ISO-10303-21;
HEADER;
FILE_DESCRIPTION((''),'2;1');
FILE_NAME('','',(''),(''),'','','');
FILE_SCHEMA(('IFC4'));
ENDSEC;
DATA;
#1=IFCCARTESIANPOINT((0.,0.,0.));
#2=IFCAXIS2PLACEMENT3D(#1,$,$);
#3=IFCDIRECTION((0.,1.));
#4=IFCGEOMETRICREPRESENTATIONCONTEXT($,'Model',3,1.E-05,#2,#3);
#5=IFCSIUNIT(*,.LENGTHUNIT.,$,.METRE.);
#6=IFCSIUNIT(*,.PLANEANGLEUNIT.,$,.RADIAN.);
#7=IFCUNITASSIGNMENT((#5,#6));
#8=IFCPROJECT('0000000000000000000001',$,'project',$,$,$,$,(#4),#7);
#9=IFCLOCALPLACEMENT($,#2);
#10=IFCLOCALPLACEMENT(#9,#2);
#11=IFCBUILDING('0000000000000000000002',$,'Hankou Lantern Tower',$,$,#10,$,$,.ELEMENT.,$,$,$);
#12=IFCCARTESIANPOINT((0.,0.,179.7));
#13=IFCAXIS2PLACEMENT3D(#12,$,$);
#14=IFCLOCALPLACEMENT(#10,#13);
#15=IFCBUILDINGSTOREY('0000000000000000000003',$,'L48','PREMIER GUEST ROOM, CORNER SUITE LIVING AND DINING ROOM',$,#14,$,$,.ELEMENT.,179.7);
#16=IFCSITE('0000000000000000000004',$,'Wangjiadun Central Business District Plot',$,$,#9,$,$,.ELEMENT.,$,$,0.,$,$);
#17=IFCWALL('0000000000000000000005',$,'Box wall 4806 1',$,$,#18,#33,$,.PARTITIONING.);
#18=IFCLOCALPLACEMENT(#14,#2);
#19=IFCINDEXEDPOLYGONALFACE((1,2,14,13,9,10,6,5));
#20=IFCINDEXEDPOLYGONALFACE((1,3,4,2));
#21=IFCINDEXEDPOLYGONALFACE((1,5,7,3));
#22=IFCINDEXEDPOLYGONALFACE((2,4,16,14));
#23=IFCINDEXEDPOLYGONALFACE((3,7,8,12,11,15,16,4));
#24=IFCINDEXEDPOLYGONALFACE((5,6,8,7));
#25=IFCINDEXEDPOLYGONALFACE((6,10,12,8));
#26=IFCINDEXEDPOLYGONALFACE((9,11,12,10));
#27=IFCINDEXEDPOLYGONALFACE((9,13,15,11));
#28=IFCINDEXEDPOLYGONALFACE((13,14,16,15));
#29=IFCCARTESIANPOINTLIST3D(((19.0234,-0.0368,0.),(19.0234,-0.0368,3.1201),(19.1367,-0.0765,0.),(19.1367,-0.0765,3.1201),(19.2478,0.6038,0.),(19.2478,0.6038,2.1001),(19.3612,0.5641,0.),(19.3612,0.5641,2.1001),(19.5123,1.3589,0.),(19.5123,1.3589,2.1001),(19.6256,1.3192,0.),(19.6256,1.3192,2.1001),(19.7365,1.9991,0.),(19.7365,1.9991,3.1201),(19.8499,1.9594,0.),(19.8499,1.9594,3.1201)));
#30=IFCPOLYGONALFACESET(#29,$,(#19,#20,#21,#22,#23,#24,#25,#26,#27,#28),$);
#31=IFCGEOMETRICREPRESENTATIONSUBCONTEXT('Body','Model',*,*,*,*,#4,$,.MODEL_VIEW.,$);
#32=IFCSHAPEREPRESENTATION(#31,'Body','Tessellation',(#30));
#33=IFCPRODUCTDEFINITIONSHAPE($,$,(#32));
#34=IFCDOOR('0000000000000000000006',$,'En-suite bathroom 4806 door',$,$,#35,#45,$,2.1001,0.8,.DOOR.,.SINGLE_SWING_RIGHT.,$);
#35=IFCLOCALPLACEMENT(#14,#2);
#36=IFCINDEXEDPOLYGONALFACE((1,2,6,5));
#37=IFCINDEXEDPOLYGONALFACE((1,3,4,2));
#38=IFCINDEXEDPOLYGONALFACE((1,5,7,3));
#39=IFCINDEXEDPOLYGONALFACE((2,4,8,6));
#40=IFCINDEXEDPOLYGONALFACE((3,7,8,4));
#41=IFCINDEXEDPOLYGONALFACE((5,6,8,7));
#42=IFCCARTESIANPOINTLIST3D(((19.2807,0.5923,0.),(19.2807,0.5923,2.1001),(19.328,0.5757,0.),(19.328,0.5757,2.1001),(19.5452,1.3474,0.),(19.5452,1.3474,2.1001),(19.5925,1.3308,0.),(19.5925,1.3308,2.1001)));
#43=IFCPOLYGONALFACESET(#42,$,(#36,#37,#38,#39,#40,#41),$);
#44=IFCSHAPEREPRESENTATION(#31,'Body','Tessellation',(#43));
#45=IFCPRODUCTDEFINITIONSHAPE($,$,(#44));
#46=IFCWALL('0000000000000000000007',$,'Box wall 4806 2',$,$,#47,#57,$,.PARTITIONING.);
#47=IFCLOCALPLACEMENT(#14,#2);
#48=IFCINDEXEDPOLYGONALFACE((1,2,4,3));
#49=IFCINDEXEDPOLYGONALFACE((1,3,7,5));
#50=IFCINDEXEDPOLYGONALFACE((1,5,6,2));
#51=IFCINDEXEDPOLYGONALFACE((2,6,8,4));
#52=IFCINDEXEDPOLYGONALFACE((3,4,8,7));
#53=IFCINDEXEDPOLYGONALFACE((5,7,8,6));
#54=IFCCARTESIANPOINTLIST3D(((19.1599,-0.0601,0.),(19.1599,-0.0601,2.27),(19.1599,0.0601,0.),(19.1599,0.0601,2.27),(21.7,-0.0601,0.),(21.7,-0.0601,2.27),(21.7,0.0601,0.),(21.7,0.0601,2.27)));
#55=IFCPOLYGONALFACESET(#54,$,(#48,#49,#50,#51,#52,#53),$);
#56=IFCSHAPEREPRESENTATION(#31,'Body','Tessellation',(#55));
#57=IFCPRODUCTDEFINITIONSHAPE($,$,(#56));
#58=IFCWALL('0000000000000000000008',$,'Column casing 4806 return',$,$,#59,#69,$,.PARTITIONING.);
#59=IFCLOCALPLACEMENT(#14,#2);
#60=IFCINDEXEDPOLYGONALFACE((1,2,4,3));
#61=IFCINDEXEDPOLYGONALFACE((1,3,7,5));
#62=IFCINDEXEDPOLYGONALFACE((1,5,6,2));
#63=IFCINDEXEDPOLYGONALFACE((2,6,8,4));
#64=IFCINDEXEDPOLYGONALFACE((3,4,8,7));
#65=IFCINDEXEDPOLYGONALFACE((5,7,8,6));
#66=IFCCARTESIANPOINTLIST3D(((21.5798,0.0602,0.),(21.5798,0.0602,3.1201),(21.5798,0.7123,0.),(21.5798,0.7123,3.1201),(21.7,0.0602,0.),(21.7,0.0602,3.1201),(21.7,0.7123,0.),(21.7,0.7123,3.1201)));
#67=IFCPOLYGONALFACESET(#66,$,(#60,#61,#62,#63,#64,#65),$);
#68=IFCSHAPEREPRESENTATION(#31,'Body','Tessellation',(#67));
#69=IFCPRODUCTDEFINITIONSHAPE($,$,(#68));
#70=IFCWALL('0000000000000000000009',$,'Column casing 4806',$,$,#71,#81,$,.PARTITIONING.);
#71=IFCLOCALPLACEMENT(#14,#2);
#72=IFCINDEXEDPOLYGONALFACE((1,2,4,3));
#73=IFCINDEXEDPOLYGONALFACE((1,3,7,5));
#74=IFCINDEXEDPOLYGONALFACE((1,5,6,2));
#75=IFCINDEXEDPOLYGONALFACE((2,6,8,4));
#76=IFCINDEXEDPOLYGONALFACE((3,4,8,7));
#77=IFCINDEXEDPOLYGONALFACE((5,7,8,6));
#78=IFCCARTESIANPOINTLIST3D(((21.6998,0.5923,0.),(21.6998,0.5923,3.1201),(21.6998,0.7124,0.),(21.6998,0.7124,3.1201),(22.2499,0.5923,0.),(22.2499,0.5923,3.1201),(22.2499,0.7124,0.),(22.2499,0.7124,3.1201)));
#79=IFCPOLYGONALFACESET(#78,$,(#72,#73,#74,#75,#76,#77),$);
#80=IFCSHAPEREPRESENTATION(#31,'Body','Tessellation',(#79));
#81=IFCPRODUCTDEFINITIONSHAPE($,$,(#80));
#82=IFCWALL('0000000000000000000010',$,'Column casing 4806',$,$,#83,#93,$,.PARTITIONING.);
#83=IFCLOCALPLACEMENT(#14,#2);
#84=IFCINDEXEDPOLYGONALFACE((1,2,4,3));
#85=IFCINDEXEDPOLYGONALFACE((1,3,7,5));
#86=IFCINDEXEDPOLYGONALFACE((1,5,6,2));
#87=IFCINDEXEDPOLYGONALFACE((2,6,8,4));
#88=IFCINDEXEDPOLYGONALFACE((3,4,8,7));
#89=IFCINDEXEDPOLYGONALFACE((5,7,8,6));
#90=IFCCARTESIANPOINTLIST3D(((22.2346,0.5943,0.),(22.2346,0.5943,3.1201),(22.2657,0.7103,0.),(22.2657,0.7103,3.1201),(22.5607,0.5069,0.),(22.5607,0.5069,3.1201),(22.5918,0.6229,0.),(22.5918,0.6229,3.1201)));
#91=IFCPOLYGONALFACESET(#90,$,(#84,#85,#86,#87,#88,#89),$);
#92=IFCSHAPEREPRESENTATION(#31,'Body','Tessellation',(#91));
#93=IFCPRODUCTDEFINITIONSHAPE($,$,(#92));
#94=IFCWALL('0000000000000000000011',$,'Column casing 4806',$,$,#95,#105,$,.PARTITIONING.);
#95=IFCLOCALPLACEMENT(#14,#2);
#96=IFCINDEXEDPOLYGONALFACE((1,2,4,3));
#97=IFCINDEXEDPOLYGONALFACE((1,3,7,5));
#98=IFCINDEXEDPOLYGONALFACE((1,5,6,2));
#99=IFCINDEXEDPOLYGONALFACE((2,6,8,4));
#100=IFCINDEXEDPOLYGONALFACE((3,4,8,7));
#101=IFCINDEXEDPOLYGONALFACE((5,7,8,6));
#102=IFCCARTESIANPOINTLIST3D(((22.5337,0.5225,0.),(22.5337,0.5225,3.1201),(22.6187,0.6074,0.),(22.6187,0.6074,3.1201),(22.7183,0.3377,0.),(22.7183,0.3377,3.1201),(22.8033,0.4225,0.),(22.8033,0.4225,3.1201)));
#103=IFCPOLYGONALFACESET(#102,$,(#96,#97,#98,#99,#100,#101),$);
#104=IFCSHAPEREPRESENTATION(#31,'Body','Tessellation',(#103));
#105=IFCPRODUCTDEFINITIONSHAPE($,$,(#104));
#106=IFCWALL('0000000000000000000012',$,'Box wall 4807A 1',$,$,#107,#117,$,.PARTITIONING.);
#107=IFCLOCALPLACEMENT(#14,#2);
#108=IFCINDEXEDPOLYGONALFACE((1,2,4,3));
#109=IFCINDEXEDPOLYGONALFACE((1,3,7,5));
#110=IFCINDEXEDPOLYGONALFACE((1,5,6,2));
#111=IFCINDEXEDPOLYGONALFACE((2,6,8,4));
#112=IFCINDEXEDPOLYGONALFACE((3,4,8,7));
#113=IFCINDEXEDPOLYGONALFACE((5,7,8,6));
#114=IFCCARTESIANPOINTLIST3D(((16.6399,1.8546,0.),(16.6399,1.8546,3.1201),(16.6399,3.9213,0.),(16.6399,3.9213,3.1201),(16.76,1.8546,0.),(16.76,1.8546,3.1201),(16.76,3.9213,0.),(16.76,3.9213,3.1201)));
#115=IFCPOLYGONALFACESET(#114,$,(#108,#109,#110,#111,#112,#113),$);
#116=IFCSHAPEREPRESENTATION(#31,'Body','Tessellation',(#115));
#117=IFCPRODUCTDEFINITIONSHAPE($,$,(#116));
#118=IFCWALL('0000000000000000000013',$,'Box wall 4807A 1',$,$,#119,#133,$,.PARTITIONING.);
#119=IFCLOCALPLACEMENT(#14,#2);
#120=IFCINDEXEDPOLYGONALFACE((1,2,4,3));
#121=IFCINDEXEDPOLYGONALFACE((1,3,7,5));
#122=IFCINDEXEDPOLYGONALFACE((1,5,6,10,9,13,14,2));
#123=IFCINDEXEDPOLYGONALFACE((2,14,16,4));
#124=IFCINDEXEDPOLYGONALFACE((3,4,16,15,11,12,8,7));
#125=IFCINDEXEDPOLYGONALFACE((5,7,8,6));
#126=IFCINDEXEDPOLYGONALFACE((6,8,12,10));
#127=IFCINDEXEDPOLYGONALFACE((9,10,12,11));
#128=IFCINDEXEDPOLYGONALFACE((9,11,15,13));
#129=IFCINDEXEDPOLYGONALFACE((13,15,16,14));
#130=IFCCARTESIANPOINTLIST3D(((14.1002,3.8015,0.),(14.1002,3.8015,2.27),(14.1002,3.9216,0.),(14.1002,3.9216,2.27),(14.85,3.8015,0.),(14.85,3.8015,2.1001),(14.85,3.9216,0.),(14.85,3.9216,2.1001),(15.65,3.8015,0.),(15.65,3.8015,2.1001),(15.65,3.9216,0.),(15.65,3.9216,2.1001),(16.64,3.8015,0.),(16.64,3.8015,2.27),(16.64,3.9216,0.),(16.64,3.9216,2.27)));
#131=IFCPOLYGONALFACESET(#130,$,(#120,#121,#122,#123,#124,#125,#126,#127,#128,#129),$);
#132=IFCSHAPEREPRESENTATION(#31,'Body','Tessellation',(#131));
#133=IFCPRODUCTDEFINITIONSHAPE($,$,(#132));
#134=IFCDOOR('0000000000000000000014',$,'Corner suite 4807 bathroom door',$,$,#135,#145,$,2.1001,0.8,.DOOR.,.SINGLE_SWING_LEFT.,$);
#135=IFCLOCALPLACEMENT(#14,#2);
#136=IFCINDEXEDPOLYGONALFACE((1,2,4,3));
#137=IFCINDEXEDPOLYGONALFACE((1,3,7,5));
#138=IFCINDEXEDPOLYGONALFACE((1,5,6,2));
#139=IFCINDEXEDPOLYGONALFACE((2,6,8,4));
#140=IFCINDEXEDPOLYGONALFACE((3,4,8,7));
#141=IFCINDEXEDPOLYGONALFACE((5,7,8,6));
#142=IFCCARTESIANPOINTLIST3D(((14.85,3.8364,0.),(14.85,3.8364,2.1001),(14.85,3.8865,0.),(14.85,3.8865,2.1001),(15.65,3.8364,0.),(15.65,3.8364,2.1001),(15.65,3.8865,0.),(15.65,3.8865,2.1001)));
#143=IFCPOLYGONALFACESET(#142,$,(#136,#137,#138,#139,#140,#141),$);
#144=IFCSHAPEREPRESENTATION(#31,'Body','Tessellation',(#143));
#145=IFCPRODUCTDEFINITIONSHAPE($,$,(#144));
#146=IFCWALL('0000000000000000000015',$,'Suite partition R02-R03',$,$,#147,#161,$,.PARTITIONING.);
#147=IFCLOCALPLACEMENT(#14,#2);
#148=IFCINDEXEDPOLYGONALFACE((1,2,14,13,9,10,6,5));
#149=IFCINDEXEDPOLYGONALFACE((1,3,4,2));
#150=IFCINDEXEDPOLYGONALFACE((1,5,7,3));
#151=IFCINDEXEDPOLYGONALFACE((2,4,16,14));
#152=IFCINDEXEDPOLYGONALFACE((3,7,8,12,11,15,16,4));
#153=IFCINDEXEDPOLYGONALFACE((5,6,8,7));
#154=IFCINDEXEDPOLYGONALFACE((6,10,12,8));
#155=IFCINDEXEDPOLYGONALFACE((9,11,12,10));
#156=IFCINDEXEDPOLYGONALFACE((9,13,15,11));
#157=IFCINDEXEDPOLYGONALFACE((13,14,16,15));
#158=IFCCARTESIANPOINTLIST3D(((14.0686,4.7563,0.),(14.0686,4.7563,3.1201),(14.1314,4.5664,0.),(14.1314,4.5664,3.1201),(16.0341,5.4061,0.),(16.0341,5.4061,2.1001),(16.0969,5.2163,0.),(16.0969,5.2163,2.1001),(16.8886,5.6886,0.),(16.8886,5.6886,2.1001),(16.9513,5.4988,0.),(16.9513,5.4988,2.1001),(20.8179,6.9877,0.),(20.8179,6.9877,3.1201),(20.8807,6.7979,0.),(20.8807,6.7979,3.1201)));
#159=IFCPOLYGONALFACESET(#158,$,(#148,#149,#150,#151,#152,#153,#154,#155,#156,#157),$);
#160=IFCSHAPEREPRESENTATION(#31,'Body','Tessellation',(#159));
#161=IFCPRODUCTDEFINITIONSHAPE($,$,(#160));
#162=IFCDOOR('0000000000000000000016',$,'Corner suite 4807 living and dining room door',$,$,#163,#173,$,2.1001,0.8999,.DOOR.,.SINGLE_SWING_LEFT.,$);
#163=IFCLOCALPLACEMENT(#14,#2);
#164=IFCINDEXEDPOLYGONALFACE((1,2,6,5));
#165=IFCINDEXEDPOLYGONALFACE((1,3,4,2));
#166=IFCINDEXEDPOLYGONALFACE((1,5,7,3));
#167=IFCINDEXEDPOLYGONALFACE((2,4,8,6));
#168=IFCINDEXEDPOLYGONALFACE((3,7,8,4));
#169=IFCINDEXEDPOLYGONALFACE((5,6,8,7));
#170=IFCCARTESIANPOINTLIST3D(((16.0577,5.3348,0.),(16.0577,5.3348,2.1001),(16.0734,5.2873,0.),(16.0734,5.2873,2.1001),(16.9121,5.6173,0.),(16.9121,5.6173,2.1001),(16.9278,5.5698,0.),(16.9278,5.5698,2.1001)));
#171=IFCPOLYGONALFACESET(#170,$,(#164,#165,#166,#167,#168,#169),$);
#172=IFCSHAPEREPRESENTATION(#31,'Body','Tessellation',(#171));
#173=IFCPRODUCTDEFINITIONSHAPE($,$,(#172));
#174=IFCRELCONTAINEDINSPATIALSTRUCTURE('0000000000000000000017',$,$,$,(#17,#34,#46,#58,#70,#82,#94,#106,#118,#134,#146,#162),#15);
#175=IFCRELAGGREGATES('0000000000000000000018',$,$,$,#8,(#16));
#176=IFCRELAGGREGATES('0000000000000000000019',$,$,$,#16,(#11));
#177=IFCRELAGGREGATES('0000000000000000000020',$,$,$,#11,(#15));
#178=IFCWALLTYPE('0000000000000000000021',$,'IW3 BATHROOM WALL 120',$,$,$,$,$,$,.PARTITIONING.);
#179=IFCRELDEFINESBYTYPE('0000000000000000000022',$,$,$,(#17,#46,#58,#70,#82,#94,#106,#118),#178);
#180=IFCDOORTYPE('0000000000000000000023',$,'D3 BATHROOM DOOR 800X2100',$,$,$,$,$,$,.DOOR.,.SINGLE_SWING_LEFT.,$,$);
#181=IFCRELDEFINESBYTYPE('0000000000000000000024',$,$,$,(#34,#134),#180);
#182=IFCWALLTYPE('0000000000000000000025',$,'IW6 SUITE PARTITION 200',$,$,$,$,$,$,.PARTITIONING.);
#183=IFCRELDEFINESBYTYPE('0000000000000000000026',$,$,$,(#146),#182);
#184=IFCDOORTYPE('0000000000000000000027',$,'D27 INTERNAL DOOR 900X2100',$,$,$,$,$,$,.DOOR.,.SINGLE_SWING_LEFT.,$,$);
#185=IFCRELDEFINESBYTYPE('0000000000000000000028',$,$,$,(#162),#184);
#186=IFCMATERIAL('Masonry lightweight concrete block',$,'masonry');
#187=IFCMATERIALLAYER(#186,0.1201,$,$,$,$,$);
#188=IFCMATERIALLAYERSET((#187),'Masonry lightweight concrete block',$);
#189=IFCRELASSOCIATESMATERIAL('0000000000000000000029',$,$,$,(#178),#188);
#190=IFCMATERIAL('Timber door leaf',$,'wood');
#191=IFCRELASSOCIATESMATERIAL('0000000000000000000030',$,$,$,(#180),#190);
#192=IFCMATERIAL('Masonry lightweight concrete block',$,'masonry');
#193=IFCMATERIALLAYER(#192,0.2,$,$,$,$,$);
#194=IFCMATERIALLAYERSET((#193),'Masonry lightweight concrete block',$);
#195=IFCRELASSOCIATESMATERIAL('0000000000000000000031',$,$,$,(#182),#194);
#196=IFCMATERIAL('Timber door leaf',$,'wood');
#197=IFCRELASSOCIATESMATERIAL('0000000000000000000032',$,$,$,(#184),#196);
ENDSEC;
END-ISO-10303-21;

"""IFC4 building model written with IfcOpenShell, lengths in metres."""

from ifc_helpers import new_model, si_unit, direction, frame, frame_2d, origin, place, context, subcontext, project, spatial, rectangle, extrude, material, layer, layer_set, type_object, element, fill, save


model = new_model("IFC4")

# Units and contexts
model_context = context("Model", 3, precision=1e-05, world=origin(), true_north=direction((0.0, 1.0)))
body_context = subcontext(model_context, "Body", "Model", "MODEL_VIEW")
ifc_project = project(units=[si_unit("LENGTHUNIT", "METRE"), si_unit("PLANEANGLEUNIT", "RADIAN")], contexts=[model_context])

# Site, building, storey
site_placement = place(None, origin())
site = spatial("IfcSite", under=ifc_project, at=site_placement, Name="Wangjiadun Central Business District Plot", CompositionType="ELEMENT", RefElevation=0.0)
building_placement = place(site_placement, origin())
building = spatial("IfcBuilding", under=site, at=building_placement, Name="Hankou Lantern Tower", CompositionType="ELEMENT")
storey_placement = place(building_placement, frame((0.0, 0.0, 179.7)))
storey = spatial("IfcBuildingStorey", under=building, at=storey_placement, Name="L48", Description="PREMIER GUEST ROOM, CORNER SUITE LIVING AND DINING ROOM", CompositionType="ELEMENT", Elevation=179.7)

# Wall, opening, door
ifc_material_1 = material(Name="Masonry lightweight concrete block", Category="masonry")
ifc_layer_1 = layer(ifc_material_1, 0.1201)
ifc_layer_set_1 = layer_set([ifc_layer_1], Name="Masonry lightweight concrete block")
wall_type_1 = type_object("IfcWallType", Name="IW3 BATHROOM WALL 120", PredefinedType="PARTITIONING", material=ifc_layer_set_1)
wall_1_placement = place(storey_placement, frame((19.7932, 1.9792, 0.0), z_axis=(0.0, 0.0, 1.0), x_axis=(-0.330587, -0.943775, 0.0)))
wall_1 = element("IfcWall", 1, at=wall_1_placement, inside=storey, type_object=wall_type_1, Name="Box wall 4806 1", PredefinedType="PARTITIONING", context=body_context, shape_type="SweptSolid", body=[
    extrude(rectangle(XDim=2.1572, YDim=0.1201, at=frame_2d((1.0786, 0.0))), origin(), (0.0, 0.0, 1.0), 3.1201),
])
opening_1_placement = place(wall_1_placement, frame((0.6785, 0.0, 0.0)))
opening_1 = element("IfcOpeningElement", 2, at=opening_1_placement, cuts=wall_1, PredefinedType="OPENING", context=body_context, shape_type="SweptSolid", body=[
    extrude(rectangle(XDim=0.8, YDim=2.1001, at=frame_2d((0.3999, 1.05))), frame((0.0, 0.0701, 0.0), z_axis=(0.0, -1.0, 0.0), x_axis=(1.0, 0.0, 0.0)), (0.0, 0.0, 1.0), 0.1401),
])
ifc_material_2 = material(Name="Timber door leaf", Category="wood")
door_type_1 = type_object("IfcDoorType", Name="D3 BATHROOM DOOR 800X2100", OperationType="SINGLE_SWING_LEFT", PredefinedType="DOOR", material=ifc_material_2)
door_1_placement = place(opening_1_placement, origin())
door_1 = element("IfcDoor", 3, at=door_1_placement, inside=storey, type_object=door_type_1, Name="En-suite bathroom 4806 door", OperationType="SINGLE_SWING_RIGHT", OverallHeight=2.1001, OverallWidth=0.8, PredefinedType="DOOR", context=body_context, shape_type="SweptSolid", body=[
    extrude(rectangle(XDim=0.8, YDim=2.1001, at=frame_2d((0.3999, 1.05))), frame((0.0, 0.0249, 0.0), z_axis=(0.0, -1.0, 0.0), x_axis=(1.0, 0.0, 0.0)), (0.0, 0.0, 1.0), 0.05),
])
fill(opening_1, door_1)

# Walls
wall_2_placement = place(storey_placement, frame((19.1599, 0.0, 0.0), z_axis=(0.0, 0.0, 1.0), x_axis=(1.0, 0.0, 0.0)))
element("IfcWall", 4, at=wall_2_placement, inside=storey, type_object=wall_type_1, Name="Box wall 4806 2", PredefinedType="PARTITIONING", context=body_context, shape_type="SweptSolid", body=[
    extrude(rectangle(XDim=2.54, YDim=0.1201, at=frame_2d((1.27, 0.0))), origin(), (0.0, 0.0, 1.0), 2.27),
])
wall_3_placement = place(storey_placement, frame((21.6399, 0.0601, 0.0), z_axis=(0.0, 0.0, 1.0), x_axis=(0.0, 1.0, 0.0)))
element("IfcWall", 5, at=wall_3_placement, inside=storey, type_object=wall_type_1, Name="Column casing 4806 return", PredefinedType="PARTITIONING", context=body_context, shape_type="SweptSolid", body=[
    extrude(rectangle(XDim=0.6521, YDim=0.1201, at=frame_2d((0.3262, 0.0))), origin(), (0.0, 0.0, 1.0), 3.1201),
])
wall_4_placement = place(storey_placement, frame((21.7, 0.6523, 0.0), z_axis=(0.0, 0.0, 1.0), x_axis=(1.0, 0.0, 0.0)))
element("IfcWall", 6, at=wall_4_placement, inside=storey, type_object=wall_type_1, Name="Column casing 4806", PredefinedType="PARTITIONING", context=body_context, shape_type="SweptSolid", body=[
    extrude(rectangle(XDim=0.55, YDim=0.1201, at=frame_2d((0.2749, 0.0))), origin(), (0.0, 0.0, 1.0), 3.1201),
])
wall_5_placement = place(storey_placement, frame((22.25, 0.6523, 0.0), z_axis=(0.0, 0.0, 1.0), x_axis=(0.965922, -0.258832, 0.0)))
element("IfcWall", 7, at=wall_5_placement, inside=storey, type_object=wall_type_1, Name="Column casing 4806", PredefinedType="PARTITIONING", context=body_context, shape_type="SweptSolid", body=[
    extrude(rectangle(XDim=0.3376, YDim=0.1201, at=frame_2d((0.1689, 0.0))), origin(), (0.0, 0.0, 1.0), 3.1201),
])
wall_6_placement = place(storey_placement, frame((22.5762, 0.5649, 0.0), z_axis=(0.0, 0.0, 1.0), x_axis=(0.706639, -0.707574, 0.0)))
element("IfcWall", 8, at=wall_6_placement, inside=storey, type_object=wall_type_1, Name="Column casing 4806", PredefinedType="PARTITIONING", context=body_context, shape_type="SweptSolid", body=[
    extrude(rectangle(XDim=0.2612, YDim=0.1201, at=frame_2d((0.1306, 0.0))), origin(), (0.0, 0.0, 1.0), 3.1201),
])
wall_7_placement = place(storey_placement, frame((16.7, 1.8547, 0.0), z_axis=(0.0, 0.0, 1.0), x_axis=(0.0, 1.0, 0.0)))
element("IfcWall", 9, at=wall_7_placement, inside=storey, type_object=wall_type_1, Name="Box wall 4807A 1", PredefinedType="PARTITIONING", context=body_context, shape_type="SweptSolid", body=[
    extrude(rectangle(XDim=2.0667, YDim=0.1201, at=frame_2d((1.0332, 0.0))), origin(), (0.0, 0.0, 1.0), 3.1201),
])

# Walls, openings, doors
wall_8_placement = place(storey_placement, frame((14.1001, 3.8616, 0.0), z_axis=(0.0, 0.0, 1.0), x_axis=(1.0, 0.0, 0.0)))
wall_8 = element("IfcWall", 10, at=wall_8_placement, inside=storey, type_object=wall_type_1, Name="Box wall 4807A 1", PredefinedType="PARTITIONING", context=body_context, shape_type="SweptSolid", body=[
    extrude(rectangle(XDim=2.5398, YDim=0.1201, at=frame_2d((1.27, 0.0))), origin(), (0.0, 0.0, 1.0), 2.27),
])
opening_2_placement = place(wall_8_placement, frame((0.75, 0.0, 0.0)))
opening_2 = element("IfcOpeningElement", 11, at=opening_2_placement, cuts=wall_8, PredefinedType="OPENING", context=body_context, shape_type="SweptSolid", body=[
    extrude(rectangle(XDim=0.8, YDim=2.1001, at=frame_2d((0.3999, 1.05))), frame((0.0, 0.0701, 0.0), z_axis=(0.0, -1.0, 0.0), x_axis=(1.0, 0.0, 0.0)), (0.0, 0.0, 1.0), 0.1401),
])
door_2_placement = place(opening_2_placement, origin())
door_2 = element("IfcDoor", 12, at=door_2_placement, inside=storey, type_object=door_type_1, Name="Corner suite 4807 bathroom door", OperationType="SINGLE_SWING_LEFT", OverallHeight=2.1001, OverallWidth=0.8, PredefinedType="DOOR", context=body_context, shape_type="SweptSolid", body=[
    extrude(rectangle(XDim=0.8, YDim=2.1001, at=frame_2d((0.3999, 1.05))), frame((0.0, 0.0249, 0.0), z_axis=(0.0, -1.0, 0.0), x_axis=(1.0, 0.0, 0.0)), (0.0, 0.0, 1.0), 0.05),
])
fill(opening_2, door_2)
ifc_material_3 = material(Name="Masonry lightweight concrete block", Category="masonry")
ifc_layer_2 = layer(ifc_material_3, 0.2)
ifc_layer_set_2 = layer_set([ifc_layer_2], Name="Masonry lightweight concrete block")
wall_type_2 = type_object("IfcWallType", Name="IW6 SUITE PARTITION 200", PredefinedType="PARTITIONING", material=ifc_layer_set_2)
wall_9_placement = place(storey_placement, frame((14.1001, 4.6614, 0.0), z_axis=(0.0, 0.0, 1.0), x_axis=(0.949453, 0.313909, 0.0)))
wall_9 = element("IfcWall", 13, at=wall_9_placement, inside=storey, type_object=wall_type_2, Name="Suite partition R02-R03", PredefinedType="PARTITIONING", context=body_context, shape_type="SweptSolid", body=[
    extrude(rectangle(XDim=7.1086, YDim=0.2, at=frame_2d((3.5542, 0.0))), origin(), (0.0, 0.0, 1.0), 3.1201),
])
opening_3_placement = place(wall_9_placement, frame((2.0701, 0.0, 0.0)))
opening_3 = element("IfcOpeningElement", 14, at=opening_3_placement, cuts=wall_9, PredefinedType="OPENING", context=body_context, shape_type="SweptSolid", body=[
    extrude(rectangle(XDim=0.8999, YDim=2.1001, at=frame_2d((0.45, 1.05))), frame((0.0, 0.1099, 0.0), z_axis=(0.0, -1.0, 0.0), x_axis=(1.0, 0.0, 0.0)), (0.0, 0.0, 1.0), 0.22),
])
ifc_material_4 = material(Name="Timber door leaf", Category="wood")
door_type_2 = type_object("IfcDoorType", Name="D27 INTERNAL DOOR 900X2100", OperationType="SINGLE_SWING_LEFT", PredefinedType="DOOR", material=ifc_material_4)
door_3_placement = place(opening_3_placement, origin())
door_3 = element("IfcDoor", 15, at=door_3_placement, inside=storey, type_object=door_type_2, Name="Corner suite 4807 living and dining room door", OperationType="SINGLE_SWING_LEFT", OverallHeight=2.1001, OverallWidth=0.8999, PredefinedType="DOOR", context=body_context, shape_type="SweptSolid", body=[
    extrude(rectangle(XDim=0.8999, YDim=2.1001, at=frame_2d((0.45, 1.05))), frame((0.0, 0.0249, 0.0), z_axis=(0.0, -1.0, 0.0), x_axis=(1.0, 0.0, 0.0)), (0.0, 0.0, 1.0), 0.05),
])
fill(opening_3, door_3)

save(model, "model.ifc")
